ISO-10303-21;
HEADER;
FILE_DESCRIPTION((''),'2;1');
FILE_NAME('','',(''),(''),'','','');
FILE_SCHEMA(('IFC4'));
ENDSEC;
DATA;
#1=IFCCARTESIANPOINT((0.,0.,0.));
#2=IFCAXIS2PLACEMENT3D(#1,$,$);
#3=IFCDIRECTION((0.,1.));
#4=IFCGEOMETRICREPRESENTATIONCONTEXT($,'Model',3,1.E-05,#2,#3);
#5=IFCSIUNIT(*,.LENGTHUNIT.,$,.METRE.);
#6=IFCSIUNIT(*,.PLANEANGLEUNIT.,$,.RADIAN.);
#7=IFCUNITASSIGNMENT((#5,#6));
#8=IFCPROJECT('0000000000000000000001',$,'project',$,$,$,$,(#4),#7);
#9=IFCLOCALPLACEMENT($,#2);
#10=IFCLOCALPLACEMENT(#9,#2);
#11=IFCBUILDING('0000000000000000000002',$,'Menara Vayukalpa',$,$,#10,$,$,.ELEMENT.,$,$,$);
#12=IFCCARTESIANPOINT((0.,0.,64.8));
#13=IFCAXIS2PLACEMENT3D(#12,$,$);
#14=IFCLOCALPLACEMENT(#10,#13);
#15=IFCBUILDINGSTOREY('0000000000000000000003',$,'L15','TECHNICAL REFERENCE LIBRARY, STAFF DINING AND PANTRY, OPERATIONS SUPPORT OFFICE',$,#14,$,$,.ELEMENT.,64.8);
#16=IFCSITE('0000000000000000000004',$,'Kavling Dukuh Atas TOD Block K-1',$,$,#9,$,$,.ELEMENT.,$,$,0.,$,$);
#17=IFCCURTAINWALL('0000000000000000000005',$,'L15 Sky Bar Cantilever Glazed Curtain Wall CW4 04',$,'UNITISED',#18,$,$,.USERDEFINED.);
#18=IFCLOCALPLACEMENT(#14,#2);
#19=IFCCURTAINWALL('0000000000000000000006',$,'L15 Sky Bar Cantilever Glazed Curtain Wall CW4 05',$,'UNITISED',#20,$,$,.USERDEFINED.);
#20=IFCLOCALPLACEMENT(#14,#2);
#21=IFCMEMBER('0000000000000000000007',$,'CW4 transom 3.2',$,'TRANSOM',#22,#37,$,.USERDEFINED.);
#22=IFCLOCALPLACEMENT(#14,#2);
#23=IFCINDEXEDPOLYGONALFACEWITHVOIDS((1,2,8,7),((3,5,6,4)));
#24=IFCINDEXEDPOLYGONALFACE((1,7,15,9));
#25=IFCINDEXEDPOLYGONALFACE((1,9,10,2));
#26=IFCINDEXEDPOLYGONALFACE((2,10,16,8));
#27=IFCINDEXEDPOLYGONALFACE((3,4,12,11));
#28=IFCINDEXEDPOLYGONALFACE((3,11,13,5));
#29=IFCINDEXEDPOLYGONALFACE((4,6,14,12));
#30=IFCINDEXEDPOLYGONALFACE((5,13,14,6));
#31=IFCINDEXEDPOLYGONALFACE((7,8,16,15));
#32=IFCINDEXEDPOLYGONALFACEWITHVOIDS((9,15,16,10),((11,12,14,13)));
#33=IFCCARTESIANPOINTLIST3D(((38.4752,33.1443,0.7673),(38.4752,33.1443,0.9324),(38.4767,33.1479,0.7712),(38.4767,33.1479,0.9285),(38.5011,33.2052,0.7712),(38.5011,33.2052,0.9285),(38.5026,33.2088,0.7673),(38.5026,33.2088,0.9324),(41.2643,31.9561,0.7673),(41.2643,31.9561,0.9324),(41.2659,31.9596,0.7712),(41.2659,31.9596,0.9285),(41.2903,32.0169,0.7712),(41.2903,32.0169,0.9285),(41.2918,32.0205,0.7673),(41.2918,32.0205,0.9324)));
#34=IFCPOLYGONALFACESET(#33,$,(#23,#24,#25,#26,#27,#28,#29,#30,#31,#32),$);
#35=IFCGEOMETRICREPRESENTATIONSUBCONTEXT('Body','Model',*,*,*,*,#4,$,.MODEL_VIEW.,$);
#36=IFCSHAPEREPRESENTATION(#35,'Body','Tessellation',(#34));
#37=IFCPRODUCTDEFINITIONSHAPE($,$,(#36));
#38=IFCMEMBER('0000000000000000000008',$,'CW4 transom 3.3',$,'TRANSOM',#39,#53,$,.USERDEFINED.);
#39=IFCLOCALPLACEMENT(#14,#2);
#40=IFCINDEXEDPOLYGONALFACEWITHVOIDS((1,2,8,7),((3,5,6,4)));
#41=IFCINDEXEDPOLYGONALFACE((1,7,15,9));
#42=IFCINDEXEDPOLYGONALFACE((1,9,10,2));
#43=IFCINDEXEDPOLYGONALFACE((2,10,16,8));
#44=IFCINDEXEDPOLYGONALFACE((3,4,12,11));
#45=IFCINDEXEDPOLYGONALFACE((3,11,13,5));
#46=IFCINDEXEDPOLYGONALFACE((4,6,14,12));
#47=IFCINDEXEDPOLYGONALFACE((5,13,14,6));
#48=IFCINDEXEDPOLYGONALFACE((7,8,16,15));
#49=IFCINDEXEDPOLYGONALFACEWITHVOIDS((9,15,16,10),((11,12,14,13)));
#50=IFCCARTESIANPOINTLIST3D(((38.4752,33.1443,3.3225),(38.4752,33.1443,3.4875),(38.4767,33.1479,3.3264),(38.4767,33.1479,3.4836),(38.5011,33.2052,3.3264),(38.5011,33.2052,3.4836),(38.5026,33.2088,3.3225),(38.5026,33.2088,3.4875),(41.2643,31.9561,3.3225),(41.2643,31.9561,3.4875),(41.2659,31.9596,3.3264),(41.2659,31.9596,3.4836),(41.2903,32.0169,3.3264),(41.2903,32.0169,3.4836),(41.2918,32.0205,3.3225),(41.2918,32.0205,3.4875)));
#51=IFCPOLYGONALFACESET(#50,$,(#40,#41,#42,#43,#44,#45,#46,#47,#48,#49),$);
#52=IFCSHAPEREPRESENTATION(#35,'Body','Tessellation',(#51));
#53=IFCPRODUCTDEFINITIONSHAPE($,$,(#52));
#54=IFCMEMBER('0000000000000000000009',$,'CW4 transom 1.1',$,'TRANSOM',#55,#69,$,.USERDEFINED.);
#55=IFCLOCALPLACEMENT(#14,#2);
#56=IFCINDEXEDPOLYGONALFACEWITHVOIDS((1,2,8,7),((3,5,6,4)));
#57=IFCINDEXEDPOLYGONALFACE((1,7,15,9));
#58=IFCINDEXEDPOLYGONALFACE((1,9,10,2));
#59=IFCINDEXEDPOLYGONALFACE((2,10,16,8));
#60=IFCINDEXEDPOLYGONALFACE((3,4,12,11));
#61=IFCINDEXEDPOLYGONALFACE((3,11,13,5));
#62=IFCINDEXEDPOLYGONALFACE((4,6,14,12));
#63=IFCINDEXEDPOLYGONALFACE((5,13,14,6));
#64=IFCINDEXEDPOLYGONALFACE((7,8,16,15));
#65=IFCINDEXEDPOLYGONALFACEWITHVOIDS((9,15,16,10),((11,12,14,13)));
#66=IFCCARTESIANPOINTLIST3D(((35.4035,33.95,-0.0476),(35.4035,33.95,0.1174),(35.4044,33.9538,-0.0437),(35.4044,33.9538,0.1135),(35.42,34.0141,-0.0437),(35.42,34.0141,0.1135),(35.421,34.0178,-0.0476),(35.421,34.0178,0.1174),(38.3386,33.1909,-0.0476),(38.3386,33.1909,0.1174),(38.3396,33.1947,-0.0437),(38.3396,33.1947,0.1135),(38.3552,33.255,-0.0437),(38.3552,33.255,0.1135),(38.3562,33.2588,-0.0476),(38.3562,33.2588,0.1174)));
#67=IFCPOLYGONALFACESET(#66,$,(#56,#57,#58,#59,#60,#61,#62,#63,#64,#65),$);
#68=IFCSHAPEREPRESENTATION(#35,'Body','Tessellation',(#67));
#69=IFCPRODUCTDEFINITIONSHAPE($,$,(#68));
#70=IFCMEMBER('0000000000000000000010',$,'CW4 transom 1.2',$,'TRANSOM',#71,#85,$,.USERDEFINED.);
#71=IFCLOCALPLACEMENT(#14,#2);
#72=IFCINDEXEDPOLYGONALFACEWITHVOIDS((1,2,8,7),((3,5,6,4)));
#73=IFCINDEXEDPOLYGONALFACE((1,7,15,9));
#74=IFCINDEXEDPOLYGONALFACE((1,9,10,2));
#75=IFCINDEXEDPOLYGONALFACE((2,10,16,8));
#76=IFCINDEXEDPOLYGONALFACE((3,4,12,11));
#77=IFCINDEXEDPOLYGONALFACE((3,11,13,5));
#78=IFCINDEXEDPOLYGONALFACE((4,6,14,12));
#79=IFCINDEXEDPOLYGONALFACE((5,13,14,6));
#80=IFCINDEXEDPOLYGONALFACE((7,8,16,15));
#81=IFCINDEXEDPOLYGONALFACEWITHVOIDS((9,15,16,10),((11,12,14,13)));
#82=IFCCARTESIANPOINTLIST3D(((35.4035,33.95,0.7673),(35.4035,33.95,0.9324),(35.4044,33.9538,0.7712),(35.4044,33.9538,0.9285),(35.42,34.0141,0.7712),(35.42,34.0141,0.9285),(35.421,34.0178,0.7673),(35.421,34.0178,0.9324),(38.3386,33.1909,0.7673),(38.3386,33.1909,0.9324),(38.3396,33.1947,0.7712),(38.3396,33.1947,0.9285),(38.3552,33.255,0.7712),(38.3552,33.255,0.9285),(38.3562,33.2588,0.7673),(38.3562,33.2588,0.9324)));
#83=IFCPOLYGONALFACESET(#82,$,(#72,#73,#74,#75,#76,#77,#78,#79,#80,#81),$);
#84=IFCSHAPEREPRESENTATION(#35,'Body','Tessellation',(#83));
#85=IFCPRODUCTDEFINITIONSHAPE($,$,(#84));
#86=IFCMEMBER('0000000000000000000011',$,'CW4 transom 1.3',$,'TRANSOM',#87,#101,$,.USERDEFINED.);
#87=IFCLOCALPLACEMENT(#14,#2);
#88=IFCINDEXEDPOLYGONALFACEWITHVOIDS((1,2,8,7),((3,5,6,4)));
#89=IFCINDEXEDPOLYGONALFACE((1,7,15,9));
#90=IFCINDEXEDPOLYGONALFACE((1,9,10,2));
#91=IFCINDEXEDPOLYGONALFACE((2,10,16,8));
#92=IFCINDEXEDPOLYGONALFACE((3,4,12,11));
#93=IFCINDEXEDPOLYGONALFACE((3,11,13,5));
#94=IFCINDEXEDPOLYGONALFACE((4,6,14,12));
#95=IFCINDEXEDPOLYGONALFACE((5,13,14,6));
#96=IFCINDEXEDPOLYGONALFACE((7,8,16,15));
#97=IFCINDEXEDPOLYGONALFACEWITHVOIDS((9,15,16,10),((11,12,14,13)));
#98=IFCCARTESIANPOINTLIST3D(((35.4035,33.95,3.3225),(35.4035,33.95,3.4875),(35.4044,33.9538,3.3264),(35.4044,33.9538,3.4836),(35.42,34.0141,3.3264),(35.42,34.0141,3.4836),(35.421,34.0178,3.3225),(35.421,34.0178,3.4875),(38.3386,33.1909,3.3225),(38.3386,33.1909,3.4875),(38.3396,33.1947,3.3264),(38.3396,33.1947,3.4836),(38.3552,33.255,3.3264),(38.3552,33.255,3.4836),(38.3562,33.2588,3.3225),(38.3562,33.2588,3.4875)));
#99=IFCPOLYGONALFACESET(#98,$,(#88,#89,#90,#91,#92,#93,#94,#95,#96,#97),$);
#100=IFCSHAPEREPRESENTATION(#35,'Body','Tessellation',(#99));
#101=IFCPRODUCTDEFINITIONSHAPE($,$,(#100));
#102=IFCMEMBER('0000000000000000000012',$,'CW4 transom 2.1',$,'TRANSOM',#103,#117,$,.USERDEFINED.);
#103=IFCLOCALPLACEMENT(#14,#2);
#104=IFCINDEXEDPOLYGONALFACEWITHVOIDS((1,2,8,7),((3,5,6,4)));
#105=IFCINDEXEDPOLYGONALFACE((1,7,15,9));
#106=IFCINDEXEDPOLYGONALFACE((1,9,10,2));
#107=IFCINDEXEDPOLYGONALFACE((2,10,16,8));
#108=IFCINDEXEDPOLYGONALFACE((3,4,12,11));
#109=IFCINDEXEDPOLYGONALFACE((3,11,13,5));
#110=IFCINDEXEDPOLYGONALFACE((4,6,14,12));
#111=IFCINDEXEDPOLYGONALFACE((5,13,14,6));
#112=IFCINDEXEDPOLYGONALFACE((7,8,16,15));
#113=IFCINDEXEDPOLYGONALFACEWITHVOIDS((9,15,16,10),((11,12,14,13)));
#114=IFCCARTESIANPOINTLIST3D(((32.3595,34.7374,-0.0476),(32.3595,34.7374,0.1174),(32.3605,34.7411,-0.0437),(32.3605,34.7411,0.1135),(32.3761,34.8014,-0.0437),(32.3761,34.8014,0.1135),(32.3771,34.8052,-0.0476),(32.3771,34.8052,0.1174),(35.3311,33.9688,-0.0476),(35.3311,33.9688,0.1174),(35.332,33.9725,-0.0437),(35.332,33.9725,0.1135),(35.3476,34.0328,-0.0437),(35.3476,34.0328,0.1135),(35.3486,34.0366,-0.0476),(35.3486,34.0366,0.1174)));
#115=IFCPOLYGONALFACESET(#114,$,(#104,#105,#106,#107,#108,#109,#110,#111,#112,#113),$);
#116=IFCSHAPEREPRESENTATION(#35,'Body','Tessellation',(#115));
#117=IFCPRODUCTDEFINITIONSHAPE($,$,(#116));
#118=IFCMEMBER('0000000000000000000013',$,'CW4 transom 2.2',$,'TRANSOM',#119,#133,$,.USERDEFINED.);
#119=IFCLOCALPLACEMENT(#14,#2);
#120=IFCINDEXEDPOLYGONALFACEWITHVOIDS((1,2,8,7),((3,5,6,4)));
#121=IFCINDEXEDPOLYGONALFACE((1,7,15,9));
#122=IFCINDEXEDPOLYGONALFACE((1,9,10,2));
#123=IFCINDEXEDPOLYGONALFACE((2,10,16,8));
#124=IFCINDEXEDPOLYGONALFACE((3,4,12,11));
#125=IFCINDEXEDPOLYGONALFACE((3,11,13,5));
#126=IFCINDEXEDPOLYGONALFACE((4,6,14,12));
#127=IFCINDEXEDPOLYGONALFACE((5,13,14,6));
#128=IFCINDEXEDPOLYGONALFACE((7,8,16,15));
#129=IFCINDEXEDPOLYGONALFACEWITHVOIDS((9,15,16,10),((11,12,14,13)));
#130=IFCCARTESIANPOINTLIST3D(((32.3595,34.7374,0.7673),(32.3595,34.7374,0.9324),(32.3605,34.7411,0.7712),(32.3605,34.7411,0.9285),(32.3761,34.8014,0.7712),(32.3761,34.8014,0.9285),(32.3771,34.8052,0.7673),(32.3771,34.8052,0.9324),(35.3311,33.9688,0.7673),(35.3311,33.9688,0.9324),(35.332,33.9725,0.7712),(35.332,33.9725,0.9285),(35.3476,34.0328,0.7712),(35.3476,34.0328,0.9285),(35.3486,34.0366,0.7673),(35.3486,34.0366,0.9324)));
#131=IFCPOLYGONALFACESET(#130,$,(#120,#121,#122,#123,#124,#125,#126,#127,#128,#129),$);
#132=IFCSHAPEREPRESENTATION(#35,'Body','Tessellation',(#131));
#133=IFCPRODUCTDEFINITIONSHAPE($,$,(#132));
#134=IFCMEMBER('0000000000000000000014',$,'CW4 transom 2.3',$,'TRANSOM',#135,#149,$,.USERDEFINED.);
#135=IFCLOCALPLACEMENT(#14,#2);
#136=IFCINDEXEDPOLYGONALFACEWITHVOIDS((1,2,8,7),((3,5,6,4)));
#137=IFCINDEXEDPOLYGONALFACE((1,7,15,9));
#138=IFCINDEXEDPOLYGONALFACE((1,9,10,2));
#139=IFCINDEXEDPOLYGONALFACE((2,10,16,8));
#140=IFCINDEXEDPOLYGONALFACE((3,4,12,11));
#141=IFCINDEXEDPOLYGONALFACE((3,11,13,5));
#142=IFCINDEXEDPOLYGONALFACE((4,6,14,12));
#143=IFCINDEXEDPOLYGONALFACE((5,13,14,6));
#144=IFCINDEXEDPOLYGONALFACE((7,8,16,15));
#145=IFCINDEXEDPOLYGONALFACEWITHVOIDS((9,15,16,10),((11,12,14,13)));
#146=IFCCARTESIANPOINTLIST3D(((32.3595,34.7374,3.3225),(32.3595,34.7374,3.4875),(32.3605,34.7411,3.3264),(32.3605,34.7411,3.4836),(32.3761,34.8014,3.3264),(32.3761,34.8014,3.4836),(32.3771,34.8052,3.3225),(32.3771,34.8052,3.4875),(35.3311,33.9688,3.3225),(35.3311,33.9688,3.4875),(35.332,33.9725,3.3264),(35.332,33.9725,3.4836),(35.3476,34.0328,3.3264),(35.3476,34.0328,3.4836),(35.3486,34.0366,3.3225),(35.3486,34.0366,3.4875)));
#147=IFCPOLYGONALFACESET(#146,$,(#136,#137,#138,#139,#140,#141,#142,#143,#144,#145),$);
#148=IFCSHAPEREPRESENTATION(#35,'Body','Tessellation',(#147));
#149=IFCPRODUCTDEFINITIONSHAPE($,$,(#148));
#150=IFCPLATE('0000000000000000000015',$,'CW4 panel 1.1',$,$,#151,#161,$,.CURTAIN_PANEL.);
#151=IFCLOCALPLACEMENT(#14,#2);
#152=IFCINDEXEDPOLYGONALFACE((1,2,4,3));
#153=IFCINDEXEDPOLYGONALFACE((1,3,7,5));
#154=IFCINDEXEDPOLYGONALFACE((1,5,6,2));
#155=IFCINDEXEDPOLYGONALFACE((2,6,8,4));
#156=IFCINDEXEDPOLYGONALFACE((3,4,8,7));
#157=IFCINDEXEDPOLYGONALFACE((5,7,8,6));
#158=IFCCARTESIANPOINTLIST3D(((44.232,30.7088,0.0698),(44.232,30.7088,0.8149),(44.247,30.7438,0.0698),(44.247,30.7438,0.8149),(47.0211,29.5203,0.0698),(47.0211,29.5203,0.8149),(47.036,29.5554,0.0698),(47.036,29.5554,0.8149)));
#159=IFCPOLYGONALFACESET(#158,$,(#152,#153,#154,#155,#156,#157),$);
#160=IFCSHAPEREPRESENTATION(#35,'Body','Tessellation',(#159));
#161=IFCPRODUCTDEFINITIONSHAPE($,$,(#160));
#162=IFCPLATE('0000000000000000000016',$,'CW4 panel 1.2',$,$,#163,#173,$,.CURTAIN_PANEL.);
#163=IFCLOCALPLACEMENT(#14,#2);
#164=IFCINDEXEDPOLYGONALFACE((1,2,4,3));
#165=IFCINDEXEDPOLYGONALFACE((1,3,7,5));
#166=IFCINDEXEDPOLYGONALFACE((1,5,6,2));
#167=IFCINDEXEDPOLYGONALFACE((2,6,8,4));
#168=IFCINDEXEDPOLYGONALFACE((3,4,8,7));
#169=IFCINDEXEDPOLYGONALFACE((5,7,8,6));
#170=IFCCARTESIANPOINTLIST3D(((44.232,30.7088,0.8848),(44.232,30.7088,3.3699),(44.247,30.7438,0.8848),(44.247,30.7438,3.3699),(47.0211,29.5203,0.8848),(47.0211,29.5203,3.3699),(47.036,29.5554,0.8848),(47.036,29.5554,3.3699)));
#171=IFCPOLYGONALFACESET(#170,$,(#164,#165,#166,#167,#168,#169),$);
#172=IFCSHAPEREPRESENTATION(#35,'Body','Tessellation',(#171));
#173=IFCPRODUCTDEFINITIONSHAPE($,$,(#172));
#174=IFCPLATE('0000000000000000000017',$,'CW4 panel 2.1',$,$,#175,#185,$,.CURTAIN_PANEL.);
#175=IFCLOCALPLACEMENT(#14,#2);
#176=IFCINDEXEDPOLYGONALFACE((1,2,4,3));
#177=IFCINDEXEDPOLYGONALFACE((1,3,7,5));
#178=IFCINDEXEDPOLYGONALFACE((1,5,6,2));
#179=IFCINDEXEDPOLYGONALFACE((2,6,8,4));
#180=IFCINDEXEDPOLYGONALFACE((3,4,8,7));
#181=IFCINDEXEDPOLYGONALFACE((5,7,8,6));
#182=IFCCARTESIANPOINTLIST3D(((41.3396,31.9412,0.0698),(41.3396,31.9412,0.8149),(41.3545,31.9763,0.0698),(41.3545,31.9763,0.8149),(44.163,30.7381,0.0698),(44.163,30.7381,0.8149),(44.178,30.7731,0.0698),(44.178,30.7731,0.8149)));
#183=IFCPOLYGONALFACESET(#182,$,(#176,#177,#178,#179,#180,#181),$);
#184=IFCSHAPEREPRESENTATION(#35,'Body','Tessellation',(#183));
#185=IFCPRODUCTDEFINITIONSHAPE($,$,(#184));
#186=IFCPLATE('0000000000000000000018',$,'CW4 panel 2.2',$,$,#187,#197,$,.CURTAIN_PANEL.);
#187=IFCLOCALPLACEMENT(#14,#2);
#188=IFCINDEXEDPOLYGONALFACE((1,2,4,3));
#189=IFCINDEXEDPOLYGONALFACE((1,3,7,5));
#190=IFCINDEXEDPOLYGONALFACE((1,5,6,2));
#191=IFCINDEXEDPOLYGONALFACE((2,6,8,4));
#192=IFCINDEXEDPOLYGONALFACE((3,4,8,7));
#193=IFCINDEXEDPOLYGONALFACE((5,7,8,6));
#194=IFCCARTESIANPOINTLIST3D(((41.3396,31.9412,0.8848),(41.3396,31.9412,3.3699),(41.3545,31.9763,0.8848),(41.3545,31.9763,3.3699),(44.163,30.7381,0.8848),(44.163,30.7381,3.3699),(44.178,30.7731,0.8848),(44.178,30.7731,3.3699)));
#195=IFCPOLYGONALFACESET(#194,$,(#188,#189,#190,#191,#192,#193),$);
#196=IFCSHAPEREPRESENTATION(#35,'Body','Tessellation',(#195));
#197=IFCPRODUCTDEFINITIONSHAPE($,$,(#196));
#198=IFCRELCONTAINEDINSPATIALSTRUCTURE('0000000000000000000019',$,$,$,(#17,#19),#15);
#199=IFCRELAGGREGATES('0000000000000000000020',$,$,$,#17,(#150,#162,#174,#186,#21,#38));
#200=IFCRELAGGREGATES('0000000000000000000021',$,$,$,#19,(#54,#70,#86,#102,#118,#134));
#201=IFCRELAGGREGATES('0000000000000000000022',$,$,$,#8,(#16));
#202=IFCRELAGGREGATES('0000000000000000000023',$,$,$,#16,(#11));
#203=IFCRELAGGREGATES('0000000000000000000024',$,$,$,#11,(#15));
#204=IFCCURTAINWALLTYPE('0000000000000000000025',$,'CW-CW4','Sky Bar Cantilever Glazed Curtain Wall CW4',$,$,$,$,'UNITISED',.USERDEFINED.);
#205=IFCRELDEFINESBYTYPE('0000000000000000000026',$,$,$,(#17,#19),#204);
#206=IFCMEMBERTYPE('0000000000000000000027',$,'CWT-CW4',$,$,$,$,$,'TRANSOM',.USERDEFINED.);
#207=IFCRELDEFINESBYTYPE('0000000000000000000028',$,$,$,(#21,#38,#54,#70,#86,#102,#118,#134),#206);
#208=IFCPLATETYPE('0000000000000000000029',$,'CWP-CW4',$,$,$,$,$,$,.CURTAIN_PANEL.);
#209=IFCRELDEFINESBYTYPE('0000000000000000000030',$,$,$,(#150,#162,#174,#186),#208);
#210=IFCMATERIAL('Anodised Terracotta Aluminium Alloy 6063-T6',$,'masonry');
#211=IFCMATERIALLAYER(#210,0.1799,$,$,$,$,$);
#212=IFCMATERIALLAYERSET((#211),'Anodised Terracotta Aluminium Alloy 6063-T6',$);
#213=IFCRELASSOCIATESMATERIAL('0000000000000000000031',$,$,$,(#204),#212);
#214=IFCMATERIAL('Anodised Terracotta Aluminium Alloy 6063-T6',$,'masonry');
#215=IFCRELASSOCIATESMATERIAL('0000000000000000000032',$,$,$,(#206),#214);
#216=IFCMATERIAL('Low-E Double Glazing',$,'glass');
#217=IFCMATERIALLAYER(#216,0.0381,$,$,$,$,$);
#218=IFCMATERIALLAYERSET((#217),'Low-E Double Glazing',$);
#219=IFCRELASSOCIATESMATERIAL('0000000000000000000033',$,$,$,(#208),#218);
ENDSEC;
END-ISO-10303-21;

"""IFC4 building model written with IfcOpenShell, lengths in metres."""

from ifc_helpers import new_model, si_unit, direction, frame, origin, origin_2d, place, context, subcontext, project, spatial, rectangle, hollow_rectangle, extrude, material, layer, layer_set, material_profile, profile_set, type_object, element, aggregate, save


model = new_model("IFC4")

# Units and contexts
model_context = context("Model", 3, precision=1e-05, world=origin(), true_north=direction((0.0, 1.0)))
body_context = subcontext(model_context, "Body", "Model", "MODEL_VIEW")
ifc_project = project(units=[si_unit("LENGTHUNIT", "METRE"), si_unit("PLANEANGLEUNIT", "RADIAN")], contexts=[model_context])

# Site, building, storey
site_placement = place(None, origin())
site = spatial("IfcSite", under=ifc_project, at=site_placement, Name="Kavling Dukuh Atas TOD Block K-1", CompositionType="ELEMENT", RefElevation=0.0)
building_placement = place(site_placement, origin())
building = spatial("IfcBuilding", under=site, at=building_placement, Name="Menara Vayukalpa", CompositionType="ELEMENT")
storey_placement = place(building_placement, frame((0.0, 0.0, 64.8)))
storey = spatial("IfcBuildingStorey", under=building, at=storey_placement, Name="L15", Description="TECHNICAL REFERENCE LIBRARY, STAFF DINING AND PANTRY, OPERATIONS SUPPORT OFFICE", CompositionType="ELEMENT", Elevation=64.8)

# Curtain walls
ifc_material_1 = material(Name="Anodised Terracotta Aluminium Alloy 6063-T6", Category="masonry")
ifc_layer_1 = layer(ifc_material_1, 0.1799)
ifc_layer_set_1 = layer_set([ifc_layer_1], Name="Anodised Terracotta Aluminium Alloy 6063-T6")
curtain_wall_type = type_object("IfcCurtainWallType", Name="CW-CW4", Description="Sky Bar Cantilever Glazed Curtain Wall CW4", ElementType="UNITISED", PredefinedType="USERDEFINED", material=ifc_layer_set_1)
curtain_wall_1_placement = place(storey_placement, origin())
curtain_wall_1 = element("IfcCurtainWall", 1, at=curtain_wall_1_placement, inside=storey, type_object=curtain_wall_type, Name="L15 Sky Bar Cantilever Glazed Curtain Wall CW4 04", ObjectType="UNITISED", PredefinedType="USERDEFINED")
curtain_wall_2_placement = place(storey_placement, origin())
curtain_wall_2 = element("IfcCurtainWall", 2, at=curtain_wall_2_placement, inside=storey, type_object=curtain_wall_type, Name="L15 Sky Bar Cantilever Glazed Curtain Wall CW4 05", ObjectType="UNITISED", PredefinedType="USERDEFINED")

# Members
ifc_material_2 = material(Name="Anodised Terracotta Aluminium Alloy 6063-T6", Category="masonry")
ifc_material_profile_1 = material_profile(ifc_material_2, hollow_rectangle(XDim=0.0701, YDim=0.165, WallThickness=0.0039, at=origin_2d()), Name="ALU 70x165x4")
ifc_profile_set_1 = profile_set([ifc_material_profile_1], Name="Anodised Terracotta Aluminium Alloy 6063-T6")
member_type_1 = type_object("IfcMemberType", Name="CWT-CW4", ElementType="TRANSOM", PredefinedType="USERDEFINED", material=ifc_profile_set_1)
member_1_placement = place(storey_placement, frame((41.2781, 31.9883, 0.8499), z_axis=(-0.919988, 0.391945, 0.0), x_axis=(-0.391945, -0.919988, 0.0)))
member_1 = element("IfcMember", 3, at=member_1_placement, type_object=member_type_1, Name="CW4 transom 3.2", ObjectType="TRANSOM", PredefinedType="USERDEFINED", context=body_context, shape_type="SweptSolid", body=[
    extrude(hollow_rectangle(XDim=0.0701, YDim=0.165, WallThickness=0.0039, at=origin_2d()), origin(), (0.0, 0.0, 1.0), 3.0317),
])
member_2_placement = place(storey_placement, frame((41.2781, 31.9883, 3.405), z_axis=(-0.919988, 0.391945, 0.0), x_axis=(-0.391945, -0.919988, 0.0)))
member_2 = element("IfcMember", 4, at=member_2_placement, type_object=member_type_1, Name="CW4 transom 3.3", ObjectType="TRANSOM", PredefinedType="USERDEFINED", context=body_context, shape_type="SweptSolid", body=[
    extrude(hollow_rectangle(XDim=0.0701, YDim=0.165, WallThickness=0.0039, at=origin_2d()), origin(), (0.0, 0.0, 1.0), 3.0317),
])
member_3_placement = place(storey_placement, frame((38.3474, 33.2249, 0.0349), z_axis=(-0.96815, 0.250372, 0.0), x_axis=(-0.250372, -0.96815, 0.0)))
member_3 = element("IfcMember", 5, at=member_3_placement, type_object=member_type_1, Name="CW4 transom 1.1", ObjectType="TRANSOM", PredefinedType="USERDEFINED", context=body_context, shape_type="SweptSolid", body=[
    extrude(hollow_rectangle(XDim=0.0701, YDim=0.165, WallThickness=0.0039, at=origin_2d()), origin(), (0.0, 0.0, 1.0), 3.0317),
])
member_4_placement = place(storey_placement, frame((38.3474, 33.2249, 0.8499), z_axis=(-0.96815, 0.250372, 0.0), x_axis=(-0.250372, -0.96815, 0.0)))
member_4 = element("IfcMember", 6, at=member_4_placement, type_object=member_type_1, Name="CW4 transom 1.2", ObjectType="TRANSOM", PredefinedType="USERDEFINED", context=body_context, shape_type="SweptSolid", body=[
    extrude(hollow_rectangle(XDim=0.0701, YDim=0.165, WallThickness=0.0039, at=origin_2d()), origin(), (0.0, 0.0, 1.0), 3.0317),
])
member_5_placement = place(storey_placement, frame((38.3474, 33.2249, 3.405), z_axis=(-0.96815, 0.250372, 0.0), x_axis=(-0.250372, -0.96815, 0.0)))
member_5 = element("IfcMember", 7, at=member_5_placement, type_object=member_type_1, Name="CW4 transom 1.3", ObjectType="TRANSOM", PredefinedType="USERDEFINED", context=body_context, shape_type="SweptSolid", body=[
    extrude(hollow_rectangle(XDim=0.0701, YDim=0.165, WallThickness=0.0039, at=origin_2d()), origin(), (0.0, 0.0, 1.0), 3.0317),
])
member_6_placement = place(storey_placement, frame((35.3398, 34.0027, 0.0349), z_axis=(-0.968141, 0.250407, 0.0), x_axis=(-0.250407, -0.968141, 0.0)))
member_6 = element("IfcMember", 8, at=member_6_placement, type_object=member_type_1, Name="CW4 transom 2.1", ObjectType="TRANSOM", PredefinedType="USERDEFINED", context=body_context, shape_type="SweptSolid", body=[
    extrude(hollow_rectangle(XDim=0.0701, YDim=0.165, WallThickness=0.0039, at=origin_2d()), origin(), (0.0, 0.0, 1.0), 3.0693),
])
member_7_placement = place(storey_placement, frame((35.3398, 34.0027, 0.8499), z_axis=(-0.968141, 0.250407, 0.0), x_axis=(-0.250407, -0.968141, 0.0)))
member_7 = element("IfcMember", 9, at=member_7_placement, type_object=member_type_1, Name="CW4 transom 2.2", ObjectType="TRANSOM", PredefinedType="USERDEFINED", context=body_context, shape_type="SweptSolid", body=[
    extrude(hollow_rectangle(XDim=0.0701, YDim=0.165, WallThickness=0.0039, at=origin_2d()), origin(), (0.0, 0.0, 1.0), 3.0693),
])
member_8_placement = place(storey_placement, frame((35.3398, 34.0027, 3.405), z_axis=(-0.968141, 0.250407, 0.0), x_axis=(-0.250407, -0.968141, 0.0)))
member_8 = element("IfcMember", 10, at=member_8_placement, type_object=member_type_1, Name="CW4 transom 2.3", ObjectType="TRANSOM", PredefinedType="USERDEFINED", context=body_context, shape_type="SweptSolid", body=[
    extrude(hollow_rectangle(XDim=0.0701, YDim=0.165, WallThickness=0.0039, at=origin_2d()), origin(), (0.0, 0.0, 1.0), 3.0693),
])

# Plates
ifc_material_3 = material(Name="Low-E Double Glazing", Category="glass")
ifc_layer_2 = layer(ifc_material_3, 0.0381)
ifc_layer_set_2 = layer_set([ifc_layer_2], Name="Low-E Double Glazing")
plate_type = type_object("IfcPlateType", Name="CWP-CW4", PredefinedType="CURTAIN_PANEL", material=ifc_layer_set_2)
plate_1_placement = place(storey_placement, frame((45.634, 30.1321, 0.0698), z_axis=(0.0, 0.0, 1.0), x_axis=(-0.919962, 0.392008, 0.0)))
plate_1 = element("IfcPlate", 11, at=plate_1_placement, type_object=plate_type, Name="CW4 panel 1.1", PredefinedType="CURTAIN_PANEL", context=body_context, shape_type="SweptSolid", body=[
    extrude(rectangle(XDim=3.0317, YDim=0.0381, at=origin_2d()), origin(), (0.0, 0.0, 1.0), 0.7451),
])
plate_2_placement = place(storey_placement, frame((45.634, 30.1321, 0.8848), z_axis=(0.0, 0.0, 1.0), x_axis=(-0.919962, 0.392008, 0.0)))
plate_2 = element("IfcPlate", 12, at=plate_2_placement, type_object=plate_type, Name="CW4 panel 1.2", PredefinedType="CURTAIN_PANEL", context=body_context, shape_type="SweptSolid", body=[
    extrude(rectangle(XDim=3.0317, YDim=0.0381, at=origin_2d()), origin(), (0.0, 0.0, 1.0), 2.4851),
])
plate_3_placement = place(storey_placement, frame((42.7588, 31.3572, 0.0698), z_axis=(0.0, 0.0, 1.0), x_axis=(-0.919962, 0.392008, 0.0)))
plate_3 = element("IfcPlate", 13, at=plate_3_placement, type_object=plate_type, Name="CW4 panel 2.1", PredefinedType="CURTAIN_PANEL", context=body_context, shape_type="SweptSolid", body=[
    extrude(rectangle(XDim=3.0691, YDim=0.0381, at=origin_2d()), origin(), (0.0, 0.0, 1.0), 0.7451),
])
plate_4_placement = place(storey_placement, frame((42.7588, 31.3572, 0.8848), z_axis=(0.0, 0.0, 1.0), x_axis=(-0.919962, 0.392008, 0.0)))
plate_4 = element("IfcPlate", 14, at=plate_4_placement, type_object=plate_type, Name="CW4 panel 2.2", PredefinedType="CURTAIN_PANEL", context=body_context, shape_type="SweptSolid", body=[
    extrude(rectangle(XDim=3.0691, YDim=0.0381, at=origin_2d()), origin(), (0.0, 0.0, 1.0), 2.4851),
])
aggregate(curtain_wall_1, [plate_1, plate_2, plate_3, plate_4, member_1, member_2])
aggregate(curtain_wall_2, [member_3, member_4, member_5, member_6, member_7, member_8])

save(model, "model.ifc")
